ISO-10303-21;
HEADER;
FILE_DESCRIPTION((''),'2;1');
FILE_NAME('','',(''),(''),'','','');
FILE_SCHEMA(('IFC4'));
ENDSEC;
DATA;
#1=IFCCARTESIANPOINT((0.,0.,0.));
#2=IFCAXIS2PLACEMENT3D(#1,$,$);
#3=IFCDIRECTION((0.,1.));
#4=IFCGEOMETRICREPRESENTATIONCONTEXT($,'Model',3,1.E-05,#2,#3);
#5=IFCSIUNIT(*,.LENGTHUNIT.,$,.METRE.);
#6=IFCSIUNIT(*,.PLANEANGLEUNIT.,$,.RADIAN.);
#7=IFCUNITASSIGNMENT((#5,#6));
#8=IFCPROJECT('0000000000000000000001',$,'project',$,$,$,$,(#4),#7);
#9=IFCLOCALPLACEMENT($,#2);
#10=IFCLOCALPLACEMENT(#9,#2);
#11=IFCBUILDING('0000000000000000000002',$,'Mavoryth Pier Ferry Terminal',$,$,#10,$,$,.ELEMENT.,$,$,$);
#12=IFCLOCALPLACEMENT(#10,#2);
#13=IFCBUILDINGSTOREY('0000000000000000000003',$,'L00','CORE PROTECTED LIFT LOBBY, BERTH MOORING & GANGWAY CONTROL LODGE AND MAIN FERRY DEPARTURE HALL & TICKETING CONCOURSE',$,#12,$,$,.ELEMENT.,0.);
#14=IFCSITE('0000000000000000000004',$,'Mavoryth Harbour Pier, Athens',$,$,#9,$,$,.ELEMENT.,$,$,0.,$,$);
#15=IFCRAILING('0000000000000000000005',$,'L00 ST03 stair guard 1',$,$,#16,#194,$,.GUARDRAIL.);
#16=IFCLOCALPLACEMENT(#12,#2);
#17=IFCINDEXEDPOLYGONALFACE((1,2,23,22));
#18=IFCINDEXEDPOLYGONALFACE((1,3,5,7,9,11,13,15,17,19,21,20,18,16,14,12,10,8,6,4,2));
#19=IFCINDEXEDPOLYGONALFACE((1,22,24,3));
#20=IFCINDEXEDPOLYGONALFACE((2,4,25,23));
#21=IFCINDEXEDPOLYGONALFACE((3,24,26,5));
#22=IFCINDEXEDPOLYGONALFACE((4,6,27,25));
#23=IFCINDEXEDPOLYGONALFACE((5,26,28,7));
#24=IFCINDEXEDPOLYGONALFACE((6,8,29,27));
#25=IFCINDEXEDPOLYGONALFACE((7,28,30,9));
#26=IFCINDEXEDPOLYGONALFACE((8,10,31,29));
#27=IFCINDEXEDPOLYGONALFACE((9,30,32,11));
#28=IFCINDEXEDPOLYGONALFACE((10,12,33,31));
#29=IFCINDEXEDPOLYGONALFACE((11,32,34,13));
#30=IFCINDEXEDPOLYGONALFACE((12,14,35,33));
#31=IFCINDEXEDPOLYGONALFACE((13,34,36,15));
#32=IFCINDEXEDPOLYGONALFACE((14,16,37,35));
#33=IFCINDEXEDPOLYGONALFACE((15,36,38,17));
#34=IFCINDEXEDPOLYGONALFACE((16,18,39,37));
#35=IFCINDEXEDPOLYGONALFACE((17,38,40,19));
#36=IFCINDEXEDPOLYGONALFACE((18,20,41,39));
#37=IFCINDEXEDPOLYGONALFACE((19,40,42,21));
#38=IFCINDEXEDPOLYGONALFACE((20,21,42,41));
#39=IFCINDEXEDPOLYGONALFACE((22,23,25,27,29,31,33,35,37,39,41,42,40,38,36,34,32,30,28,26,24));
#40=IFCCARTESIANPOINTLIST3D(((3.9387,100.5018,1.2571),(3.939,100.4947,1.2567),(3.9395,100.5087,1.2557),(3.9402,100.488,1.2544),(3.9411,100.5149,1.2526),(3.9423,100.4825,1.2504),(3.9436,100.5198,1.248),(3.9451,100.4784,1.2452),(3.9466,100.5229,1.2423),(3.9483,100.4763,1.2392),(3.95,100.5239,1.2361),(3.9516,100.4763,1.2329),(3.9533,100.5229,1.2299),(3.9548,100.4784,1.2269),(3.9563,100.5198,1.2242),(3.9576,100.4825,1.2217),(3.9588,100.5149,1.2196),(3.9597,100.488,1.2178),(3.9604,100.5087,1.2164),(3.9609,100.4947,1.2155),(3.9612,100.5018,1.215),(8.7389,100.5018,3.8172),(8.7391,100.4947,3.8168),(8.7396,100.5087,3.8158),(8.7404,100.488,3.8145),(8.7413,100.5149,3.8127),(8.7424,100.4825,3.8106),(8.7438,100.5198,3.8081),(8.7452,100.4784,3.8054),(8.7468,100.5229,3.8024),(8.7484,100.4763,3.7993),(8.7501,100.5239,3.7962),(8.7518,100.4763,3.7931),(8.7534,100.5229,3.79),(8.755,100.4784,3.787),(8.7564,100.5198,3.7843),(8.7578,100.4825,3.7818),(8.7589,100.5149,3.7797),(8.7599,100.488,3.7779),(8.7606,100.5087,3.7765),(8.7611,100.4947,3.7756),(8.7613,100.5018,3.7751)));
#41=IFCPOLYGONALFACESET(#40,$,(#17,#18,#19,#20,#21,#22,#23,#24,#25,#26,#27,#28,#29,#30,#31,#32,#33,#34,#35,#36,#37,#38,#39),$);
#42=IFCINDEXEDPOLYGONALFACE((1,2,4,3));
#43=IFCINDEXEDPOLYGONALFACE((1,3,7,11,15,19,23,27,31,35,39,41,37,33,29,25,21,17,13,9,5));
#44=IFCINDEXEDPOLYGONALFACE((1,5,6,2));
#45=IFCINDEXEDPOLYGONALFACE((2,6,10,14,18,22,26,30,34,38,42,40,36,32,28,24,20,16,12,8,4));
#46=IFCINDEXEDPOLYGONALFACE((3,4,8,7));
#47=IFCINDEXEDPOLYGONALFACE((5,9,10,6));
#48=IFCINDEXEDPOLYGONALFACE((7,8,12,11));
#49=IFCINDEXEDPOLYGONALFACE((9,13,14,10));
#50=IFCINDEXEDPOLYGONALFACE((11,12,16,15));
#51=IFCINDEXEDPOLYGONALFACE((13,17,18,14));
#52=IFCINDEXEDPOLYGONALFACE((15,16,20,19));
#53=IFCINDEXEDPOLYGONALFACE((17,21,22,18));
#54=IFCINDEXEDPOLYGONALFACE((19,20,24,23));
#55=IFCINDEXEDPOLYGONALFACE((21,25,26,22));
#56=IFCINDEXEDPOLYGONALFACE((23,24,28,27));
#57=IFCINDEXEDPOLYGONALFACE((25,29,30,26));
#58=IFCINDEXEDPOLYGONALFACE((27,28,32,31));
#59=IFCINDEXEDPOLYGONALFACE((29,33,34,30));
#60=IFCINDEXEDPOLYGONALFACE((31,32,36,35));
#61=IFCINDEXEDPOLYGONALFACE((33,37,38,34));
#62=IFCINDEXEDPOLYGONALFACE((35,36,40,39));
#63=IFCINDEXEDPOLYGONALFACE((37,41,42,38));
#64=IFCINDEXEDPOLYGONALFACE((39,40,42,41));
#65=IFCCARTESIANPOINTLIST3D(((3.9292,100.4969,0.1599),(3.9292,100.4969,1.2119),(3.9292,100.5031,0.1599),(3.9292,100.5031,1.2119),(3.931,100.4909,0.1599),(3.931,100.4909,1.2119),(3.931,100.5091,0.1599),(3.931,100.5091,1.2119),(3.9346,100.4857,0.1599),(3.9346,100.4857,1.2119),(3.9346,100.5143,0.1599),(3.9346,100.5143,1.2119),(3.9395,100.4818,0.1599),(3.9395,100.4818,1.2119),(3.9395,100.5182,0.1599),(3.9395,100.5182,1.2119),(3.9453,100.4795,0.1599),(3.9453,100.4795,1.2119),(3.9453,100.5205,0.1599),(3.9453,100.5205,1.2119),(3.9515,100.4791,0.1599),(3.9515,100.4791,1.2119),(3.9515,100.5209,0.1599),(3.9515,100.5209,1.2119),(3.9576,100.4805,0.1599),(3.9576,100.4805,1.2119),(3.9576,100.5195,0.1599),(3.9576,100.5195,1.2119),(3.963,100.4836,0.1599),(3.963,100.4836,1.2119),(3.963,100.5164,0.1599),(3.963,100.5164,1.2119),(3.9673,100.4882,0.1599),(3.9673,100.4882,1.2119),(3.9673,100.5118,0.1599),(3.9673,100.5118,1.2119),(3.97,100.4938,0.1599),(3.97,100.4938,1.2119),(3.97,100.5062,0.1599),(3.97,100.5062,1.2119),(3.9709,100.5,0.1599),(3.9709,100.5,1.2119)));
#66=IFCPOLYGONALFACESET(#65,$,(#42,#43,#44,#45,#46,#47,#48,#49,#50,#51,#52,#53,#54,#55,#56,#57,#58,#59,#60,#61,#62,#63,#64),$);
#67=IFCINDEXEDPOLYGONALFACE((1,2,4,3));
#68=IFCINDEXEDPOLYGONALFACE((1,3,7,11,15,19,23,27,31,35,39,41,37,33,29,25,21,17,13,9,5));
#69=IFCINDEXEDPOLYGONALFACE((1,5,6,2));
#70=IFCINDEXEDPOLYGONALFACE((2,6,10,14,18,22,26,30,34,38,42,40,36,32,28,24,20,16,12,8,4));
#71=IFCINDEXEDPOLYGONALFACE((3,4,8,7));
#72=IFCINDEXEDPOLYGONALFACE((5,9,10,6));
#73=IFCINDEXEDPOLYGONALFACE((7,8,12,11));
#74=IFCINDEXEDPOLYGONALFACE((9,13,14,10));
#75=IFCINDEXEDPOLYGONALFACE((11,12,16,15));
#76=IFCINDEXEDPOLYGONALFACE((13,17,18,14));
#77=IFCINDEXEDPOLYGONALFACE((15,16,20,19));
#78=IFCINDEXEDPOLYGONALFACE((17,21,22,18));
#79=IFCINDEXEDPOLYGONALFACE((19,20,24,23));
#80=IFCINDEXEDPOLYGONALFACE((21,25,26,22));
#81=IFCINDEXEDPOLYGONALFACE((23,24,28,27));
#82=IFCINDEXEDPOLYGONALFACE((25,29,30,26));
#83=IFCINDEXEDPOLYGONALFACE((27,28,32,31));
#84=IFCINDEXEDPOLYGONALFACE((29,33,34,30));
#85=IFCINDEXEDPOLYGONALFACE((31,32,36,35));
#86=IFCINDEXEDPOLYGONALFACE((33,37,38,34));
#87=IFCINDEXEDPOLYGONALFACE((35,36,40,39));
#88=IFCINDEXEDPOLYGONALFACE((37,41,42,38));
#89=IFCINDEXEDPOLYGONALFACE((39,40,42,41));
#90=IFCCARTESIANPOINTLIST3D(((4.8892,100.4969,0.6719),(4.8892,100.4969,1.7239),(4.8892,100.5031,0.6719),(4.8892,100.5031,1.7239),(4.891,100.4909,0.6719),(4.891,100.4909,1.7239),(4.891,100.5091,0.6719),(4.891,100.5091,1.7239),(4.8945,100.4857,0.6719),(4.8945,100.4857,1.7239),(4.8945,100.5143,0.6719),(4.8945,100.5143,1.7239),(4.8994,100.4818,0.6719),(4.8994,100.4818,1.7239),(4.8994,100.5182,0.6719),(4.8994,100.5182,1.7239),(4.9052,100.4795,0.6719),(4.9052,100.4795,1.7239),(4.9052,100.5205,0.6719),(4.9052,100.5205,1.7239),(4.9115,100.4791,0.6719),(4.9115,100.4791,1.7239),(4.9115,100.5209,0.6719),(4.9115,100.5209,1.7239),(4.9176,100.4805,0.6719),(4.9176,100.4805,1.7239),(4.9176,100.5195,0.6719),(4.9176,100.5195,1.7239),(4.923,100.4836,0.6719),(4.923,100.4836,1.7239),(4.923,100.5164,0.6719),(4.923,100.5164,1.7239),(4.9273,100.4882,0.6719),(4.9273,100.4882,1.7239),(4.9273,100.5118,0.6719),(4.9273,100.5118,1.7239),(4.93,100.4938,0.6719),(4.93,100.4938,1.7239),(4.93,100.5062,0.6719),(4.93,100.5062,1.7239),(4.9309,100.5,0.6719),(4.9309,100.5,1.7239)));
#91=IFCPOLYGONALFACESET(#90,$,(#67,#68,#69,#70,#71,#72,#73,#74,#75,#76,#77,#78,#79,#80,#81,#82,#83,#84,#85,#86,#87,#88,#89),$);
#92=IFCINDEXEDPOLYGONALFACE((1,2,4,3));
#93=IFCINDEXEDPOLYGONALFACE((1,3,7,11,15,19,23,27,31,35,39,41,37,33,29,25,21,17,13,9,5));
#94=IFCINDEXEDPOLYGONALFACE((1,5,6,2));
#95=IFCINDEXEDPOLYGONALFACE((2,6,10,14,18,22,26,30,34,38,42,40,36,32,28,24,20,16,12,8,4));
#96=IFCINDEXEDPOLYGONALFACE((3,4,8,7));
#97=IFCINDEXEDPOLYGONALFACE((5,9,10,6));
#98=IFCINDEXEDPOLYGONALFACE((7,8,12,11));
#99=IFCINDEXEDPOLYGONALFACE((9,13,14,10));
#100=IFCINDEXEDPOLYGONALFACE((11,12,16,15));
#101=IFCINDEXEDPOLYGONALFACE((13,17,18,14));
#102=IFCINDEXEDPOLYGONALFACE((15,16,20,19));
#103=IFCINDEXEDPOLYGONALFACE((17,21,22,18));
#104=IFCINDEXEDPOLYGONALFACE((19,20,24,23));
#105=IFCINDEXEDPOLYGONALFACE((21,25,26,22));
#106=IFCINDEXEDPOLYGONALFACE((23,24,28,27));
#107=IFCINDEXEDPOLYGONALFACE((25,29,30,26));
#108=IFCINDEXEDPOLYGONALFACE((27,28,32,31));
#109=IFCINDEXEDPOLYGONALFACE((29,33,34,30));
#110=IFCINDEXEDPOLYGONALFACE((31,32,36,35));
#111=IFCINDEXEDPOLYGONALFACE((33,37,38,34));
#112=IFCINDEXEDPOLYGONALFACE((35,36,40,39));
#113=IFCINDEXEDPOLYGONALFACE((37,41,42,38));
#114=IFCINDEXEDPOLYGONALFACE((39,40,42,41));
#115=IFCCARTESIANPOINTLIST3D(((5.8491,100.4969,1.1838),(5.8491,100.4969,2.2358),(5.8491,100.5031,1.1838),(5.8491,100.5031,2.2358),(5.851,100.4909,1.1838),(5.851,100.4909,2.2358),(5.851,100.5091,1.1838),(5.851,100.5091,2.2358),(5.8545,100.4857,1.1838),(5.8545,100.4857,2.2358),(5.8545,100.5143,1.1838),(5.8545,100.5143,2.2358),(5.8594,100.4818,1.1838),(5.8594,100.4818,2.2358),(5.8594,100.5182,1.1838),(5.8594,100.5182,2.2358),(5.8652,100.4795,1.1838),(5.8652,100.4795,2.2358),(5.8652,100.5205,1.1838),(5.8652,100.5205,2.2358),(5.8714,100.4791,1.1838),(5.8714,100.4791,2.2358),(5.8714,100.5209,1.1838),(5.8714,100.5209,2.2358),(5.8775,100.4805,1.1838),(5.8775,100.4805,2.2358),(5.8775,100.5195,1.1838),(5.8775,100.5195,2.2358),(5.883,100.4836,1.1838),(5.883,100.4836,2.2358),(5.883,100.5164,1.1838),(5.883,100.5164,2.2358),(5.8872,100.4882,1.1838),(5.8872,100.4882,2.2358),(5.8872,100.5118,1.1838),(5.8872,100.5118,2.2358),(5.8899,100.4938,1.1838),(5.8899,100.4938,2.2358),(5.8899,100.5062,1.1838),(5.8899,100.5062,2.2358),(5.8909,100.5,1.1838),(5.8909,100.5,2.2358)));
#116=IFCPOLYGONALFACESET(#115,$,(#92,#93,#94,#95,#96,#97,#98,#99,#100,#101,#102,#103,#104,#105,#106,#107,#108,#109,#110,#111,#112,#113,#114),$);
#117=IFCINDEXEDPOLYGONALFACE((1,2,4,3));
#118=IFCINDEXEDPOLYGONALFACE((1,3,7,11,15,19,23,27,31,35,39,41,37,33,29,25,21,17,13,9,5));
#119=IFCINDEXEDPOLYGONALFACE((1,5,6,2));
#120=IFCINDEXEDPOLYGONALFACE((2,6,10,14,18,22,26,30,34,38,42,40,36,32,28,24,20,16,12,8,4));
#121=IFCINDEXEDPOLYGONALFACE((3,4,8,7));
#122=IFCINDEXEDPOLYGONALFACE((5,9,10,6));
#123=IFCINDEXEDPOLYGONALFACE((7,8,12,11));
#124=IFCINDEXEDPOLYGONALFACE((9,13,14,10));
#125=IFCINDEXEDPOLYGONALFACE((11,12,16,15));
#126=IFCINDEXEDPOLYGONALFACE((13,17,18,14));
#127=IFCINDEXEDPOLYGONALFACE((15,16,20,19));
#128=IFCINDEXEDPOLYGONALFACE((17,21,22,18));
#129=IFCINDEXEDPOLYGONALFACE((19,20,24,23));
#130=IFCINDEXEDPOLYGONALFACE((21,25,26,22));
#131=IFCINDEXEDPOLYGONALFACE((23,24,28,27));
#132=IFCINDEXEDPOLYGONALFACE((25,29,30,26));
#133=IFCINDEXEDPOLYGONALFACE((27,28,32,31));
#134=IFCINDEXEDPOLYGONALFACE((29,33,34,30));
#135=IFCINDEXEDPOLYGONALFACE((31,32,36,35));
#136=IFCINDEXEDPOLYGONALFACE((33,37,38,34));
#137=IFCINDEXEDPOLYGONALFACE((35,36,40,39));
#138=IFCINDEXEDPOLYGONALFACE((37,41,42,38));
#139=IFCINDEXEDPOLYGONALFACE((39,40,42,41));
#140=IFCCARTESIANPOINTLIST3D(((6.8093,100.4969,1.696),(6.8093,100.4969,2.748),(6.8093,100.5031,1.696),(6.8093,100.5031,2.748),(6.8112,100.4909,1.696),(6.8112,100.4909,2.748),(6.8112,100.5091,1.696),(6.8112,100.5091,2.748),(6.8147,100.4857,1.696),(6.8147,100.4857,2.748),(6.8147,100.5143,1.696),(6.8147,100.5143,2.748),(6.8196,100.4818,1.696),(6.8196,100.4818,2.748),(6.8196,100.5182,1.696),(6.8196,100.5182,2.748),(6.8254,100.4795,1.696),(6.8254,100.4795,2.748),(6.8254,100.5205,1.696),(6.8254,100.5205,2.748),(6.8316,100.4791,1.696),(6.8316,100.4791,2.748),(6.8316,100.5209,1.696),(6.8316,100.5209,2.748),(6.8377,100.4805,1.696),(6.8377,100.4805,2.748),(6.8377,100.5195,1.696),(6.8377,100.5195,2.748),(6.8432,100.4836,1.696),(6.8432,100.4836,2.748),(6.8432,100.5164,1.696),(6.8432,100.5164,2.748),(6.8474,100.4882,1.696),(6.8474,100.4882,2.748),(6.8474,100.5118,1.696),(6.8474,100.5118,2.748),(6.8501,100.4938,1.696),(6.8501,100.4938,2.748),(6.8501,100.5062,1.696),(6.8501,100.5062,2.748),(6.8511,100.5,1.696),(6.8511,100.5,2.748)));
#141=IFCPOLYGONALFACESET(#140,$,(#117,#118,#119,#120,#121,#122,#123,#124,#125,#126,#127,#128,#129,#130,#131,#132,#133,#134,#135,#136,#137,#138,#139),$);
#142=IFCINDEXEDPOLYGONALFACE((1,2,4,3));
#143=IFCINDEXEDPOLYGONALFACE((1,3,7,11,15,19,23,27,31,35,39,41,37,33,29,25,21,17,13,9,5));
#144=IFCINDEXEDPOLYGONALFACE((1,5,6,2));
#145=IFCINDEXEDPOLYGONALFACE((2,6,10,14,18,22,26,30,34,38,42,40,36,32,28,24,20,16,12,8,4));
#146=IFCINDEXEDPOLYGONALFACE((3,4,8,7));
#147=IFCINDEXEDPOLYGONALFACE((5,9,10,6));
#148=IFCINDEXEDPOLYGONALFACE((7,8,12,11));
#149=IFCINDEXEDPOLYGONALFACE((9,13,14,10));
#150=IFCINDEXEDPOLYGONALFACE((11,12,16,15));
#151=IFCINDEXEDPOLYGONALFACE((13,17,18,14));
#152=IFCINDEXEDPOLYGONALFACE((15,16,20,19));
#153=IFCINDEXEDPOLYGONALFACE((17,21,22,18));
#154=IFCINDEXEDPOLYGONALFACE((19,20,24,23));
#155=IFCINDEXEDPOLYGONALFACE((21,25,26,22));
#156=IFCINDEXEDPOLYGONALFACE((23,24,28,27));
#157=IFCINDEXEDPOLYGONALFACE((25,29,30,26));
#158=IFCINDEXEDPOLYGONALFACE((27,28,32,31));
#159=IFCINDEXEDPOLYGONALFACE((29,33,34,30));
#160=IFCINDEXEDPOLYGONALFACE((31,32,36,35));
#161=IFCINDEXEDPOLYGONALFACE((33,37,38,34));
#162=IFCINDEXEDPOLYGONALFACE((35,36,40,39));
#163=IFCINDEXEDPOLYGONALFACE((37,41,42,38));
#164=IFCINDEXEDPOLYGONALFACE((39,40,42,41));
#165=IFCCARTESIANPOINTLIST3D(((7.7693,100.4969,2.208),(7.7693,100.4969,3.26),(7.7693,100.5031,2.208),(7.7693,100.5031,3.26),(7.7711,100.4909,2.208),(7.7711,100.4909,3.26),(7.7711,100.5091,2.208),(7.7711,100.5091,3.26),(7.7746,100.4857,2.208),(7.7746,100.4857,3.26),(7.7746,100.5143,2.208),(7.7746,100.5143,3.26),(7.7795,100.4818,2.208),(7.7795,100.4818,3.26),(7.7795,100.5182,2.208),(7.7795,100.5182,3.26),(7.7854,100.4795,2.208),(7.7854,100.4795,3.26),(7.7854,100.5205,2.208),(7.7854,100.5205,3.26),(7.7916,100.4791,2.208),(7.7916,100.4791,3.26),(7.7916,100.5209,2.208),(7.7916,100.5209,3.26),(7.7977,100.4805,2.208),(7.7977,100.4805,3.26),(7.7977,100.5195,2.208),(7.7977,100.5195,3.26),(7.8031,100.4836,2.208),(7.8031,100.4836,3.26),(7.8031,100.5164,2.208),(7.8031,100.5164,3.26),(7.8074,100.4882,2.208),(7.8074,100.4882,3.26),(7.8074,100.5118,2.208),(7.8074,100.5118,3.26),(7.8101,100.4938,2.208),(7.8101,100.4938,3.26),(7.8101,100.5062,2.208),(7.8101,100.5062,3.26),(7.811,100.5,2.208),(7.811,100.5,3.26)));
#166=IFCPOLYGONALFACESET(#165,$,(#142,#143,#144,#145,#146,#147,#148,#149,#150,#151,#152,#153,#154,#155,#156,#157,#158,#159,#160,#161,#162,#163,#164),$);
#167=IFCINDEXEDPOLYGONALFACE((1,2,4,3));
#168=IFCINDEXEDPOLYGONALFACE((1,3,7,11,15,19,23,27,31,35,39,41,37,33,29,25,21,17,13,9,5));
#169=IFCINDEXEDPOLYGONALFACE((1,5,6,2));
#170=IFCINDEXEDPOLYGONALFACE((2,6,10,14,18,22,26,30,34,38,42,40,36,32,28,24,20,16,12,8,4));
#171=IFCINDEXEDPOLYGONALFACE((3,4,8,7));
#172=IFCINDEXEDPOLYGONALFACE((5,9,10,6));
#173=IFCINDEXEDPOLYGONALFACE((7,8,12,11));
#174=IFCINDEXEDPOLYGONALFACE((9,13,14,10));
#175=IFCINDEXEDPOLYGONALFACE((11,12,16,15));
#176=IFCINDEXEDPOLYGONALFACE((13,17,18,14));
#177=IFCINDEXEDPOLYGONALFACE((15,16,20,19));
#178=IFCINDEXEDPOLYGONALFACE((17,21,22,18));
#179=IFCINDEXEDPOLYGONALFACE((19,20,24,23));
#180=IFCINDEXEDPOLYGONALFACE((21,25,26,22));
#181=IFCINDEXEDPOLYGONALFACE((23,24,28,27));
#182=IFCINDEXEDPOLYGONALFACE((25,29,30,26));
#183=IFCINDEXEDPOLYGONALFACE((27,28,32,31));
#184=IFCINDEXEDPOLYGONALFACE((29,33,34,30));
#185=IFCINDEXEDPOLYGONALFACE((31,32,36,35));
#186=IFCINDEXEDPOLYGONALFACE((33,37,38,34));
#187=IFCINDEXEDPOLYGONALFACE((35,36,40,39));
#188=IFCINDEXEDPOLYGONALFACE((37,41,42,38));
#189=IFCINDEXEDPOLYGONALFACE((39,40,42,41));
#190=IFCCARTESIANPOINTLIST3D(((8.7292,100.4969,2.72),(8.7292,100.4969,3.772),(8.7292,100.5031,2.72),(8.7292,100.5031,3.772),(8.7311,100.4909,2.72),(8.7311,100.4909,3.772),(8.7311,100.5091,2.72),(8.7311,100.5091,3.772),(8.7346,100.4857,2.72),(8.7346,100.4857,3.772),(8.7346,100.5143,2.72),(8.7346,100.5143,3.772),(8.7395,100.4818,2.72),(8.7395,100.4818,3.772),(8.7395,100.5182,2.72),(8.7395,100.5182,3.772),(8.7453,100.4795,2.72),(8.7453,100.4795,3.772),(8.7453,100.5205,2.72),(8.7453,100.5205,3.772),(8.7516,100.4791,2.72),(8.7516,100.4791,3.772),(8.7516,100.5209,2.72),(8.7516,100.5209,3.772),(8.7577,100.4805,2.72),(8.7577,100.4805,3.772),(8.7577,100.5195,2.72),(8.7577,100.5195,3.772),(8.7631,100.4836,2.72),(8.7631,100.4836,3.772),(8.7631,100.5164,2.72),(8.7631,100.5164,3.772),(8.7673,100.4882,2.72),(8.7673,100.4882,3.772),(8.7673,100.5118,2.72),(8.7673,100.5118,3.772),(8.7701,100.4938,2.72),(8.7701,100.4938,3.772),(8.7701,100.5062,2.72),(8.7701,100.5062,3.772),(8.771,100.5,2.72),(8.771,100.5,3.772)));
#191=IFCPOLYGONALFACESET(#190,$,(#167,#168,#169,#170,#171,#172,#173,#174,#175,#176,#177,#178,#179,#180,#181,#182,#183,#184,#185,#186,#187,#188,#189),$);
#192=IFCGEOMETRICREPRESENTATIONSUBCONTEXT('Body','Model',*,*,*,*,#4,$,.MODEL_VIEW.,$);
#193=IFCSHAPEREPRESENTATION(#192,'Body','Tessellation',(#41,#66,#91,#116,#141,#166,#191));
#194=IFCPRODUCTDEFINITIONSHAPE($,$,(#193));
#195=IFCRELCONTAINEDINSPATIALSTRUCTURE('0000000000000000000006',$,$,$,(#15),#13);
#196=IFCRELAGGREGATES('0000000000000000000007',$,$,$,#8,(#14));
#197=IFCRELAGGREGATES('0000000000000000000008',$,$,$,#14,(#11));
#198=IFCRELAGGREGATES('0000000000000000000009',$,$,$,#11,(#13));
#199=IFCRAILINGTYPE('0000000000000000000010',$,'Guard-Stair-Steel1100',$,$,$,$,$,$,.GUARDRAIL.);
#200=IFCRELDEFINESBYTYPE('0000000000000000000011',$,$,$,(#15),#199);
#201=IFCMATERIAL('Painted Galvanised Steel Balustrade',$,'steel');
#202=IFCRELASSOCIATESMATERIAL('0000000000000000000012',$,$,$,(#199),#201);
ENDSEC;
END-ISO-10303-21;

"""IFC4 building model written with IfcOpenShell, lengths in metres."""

from ifc_helpers import new_model, si_unit, direction, frame, origin, origin_2d, place, context, subcontext, project, spatial, circle, extrude, material, type_object, element, save


model = new_model("IFC4")

# Units and contexts
model_context = context("Model", 3, precision=1e-05, world=origin(), true_north=direction((0.0, 1.0)))
body_context = subcontext(model_context, "Body", "Model", "MODEL_VIEW")
ifc_project = project(units=[si_unit("LENGTHUNIT", "METRE"), si_unit("PLANEANGLEUNIT", "RADIAN")], contexts=[model_context])

# Site, building, storey
site_placement = place(None, origin())
site = spatial("IfcSite", under=ifc_project, at=site_placement, Name="Mavoryth Harbour Pier, Athens", CompositionType="ELEMENT", RefElevation=0.0)
building_placement = place(site_placement, origin())
building = spatial("IfcBuilding", under=site, at=building_placement, Name="Mavoryth Pier Ferry Terminal", CompositionType="ELEMENT")
storey_placement = place(building_placement, origin())
storey = spatial("IfcBuildingStorey", under=building, at=storey_placement, Name="L00", Description="CORE PROTECTED LIFT LOBBY, BERTH MOORING & GANGWAY CONTROL LODGE AND MAIN FERRY DEPARTURE HALL & TICKETING CONCOURSE", CompositionType="ELEMENT", Elevation=0.0)

# Railing
ifc_material_1 = material(Name="Painted Galvanised Steel Balustrade", Category="steel")
railing_type = type_object("IfcRailingType", Name="Guard-Stair-Steel1100", PredefinedType="GUARDRAIL", material=ifc_material_1)
railing_1_placement = place(storey_placement, frame((3.95, 100.5, 0.1599)))
element("IfcRailing", 1, at=railing_1_placement, inside=storey, type_object=railing_type, Name="L00 ST03 stair guard 1", PredefinedType="GUARDRAIL", context=body_context, shape_type="SweptSolid", body=[
    extrude(circle(Radius=0.0239, at=origin_2d()), frame((0.0, 0.0, 1.0762), z_axis=(0.88235, 0.0, 0.470593), x_axis=(0.0, 1.0, 0.0)), (0.0, 0.0, 1.0), 5.4402),
    extrude(circle(Radius=0.021, at=origin_2d()), origin(), (0.0, 0.0, 1.0), 1.052),
    extrude(circle(Radius=0.021, at=origin_2d()), frame((0.96, 0.0, 0.512)), (0.0, 0.0, 1.0), 1.052),
    extrude(circle(Radius=0.021, at=origin_2d()), frame((1.9199, 0.0, 1.0239)), (0.0, 0.0, 1.0), 1.052),
    extrude(circle(Radius=0.021, at=origin_2d()), frame((2.8801, 0.0, 1.5361)), (0.0, 0.0, 1.0), 1.052),
    extrude(circle(Radius=0.021, at=origin_2d()), frame((3.8401, 0.0, 2.0481)), (0.0, 0.0, 1.0), 1.052),
    extrude(circle(Radius=0.021, at=origin_2d()), frame((4.8, 0.0, 2.5601)), (0.0, 0.0, 1.0), 1.052),
])

save(model, "model.ifc")
